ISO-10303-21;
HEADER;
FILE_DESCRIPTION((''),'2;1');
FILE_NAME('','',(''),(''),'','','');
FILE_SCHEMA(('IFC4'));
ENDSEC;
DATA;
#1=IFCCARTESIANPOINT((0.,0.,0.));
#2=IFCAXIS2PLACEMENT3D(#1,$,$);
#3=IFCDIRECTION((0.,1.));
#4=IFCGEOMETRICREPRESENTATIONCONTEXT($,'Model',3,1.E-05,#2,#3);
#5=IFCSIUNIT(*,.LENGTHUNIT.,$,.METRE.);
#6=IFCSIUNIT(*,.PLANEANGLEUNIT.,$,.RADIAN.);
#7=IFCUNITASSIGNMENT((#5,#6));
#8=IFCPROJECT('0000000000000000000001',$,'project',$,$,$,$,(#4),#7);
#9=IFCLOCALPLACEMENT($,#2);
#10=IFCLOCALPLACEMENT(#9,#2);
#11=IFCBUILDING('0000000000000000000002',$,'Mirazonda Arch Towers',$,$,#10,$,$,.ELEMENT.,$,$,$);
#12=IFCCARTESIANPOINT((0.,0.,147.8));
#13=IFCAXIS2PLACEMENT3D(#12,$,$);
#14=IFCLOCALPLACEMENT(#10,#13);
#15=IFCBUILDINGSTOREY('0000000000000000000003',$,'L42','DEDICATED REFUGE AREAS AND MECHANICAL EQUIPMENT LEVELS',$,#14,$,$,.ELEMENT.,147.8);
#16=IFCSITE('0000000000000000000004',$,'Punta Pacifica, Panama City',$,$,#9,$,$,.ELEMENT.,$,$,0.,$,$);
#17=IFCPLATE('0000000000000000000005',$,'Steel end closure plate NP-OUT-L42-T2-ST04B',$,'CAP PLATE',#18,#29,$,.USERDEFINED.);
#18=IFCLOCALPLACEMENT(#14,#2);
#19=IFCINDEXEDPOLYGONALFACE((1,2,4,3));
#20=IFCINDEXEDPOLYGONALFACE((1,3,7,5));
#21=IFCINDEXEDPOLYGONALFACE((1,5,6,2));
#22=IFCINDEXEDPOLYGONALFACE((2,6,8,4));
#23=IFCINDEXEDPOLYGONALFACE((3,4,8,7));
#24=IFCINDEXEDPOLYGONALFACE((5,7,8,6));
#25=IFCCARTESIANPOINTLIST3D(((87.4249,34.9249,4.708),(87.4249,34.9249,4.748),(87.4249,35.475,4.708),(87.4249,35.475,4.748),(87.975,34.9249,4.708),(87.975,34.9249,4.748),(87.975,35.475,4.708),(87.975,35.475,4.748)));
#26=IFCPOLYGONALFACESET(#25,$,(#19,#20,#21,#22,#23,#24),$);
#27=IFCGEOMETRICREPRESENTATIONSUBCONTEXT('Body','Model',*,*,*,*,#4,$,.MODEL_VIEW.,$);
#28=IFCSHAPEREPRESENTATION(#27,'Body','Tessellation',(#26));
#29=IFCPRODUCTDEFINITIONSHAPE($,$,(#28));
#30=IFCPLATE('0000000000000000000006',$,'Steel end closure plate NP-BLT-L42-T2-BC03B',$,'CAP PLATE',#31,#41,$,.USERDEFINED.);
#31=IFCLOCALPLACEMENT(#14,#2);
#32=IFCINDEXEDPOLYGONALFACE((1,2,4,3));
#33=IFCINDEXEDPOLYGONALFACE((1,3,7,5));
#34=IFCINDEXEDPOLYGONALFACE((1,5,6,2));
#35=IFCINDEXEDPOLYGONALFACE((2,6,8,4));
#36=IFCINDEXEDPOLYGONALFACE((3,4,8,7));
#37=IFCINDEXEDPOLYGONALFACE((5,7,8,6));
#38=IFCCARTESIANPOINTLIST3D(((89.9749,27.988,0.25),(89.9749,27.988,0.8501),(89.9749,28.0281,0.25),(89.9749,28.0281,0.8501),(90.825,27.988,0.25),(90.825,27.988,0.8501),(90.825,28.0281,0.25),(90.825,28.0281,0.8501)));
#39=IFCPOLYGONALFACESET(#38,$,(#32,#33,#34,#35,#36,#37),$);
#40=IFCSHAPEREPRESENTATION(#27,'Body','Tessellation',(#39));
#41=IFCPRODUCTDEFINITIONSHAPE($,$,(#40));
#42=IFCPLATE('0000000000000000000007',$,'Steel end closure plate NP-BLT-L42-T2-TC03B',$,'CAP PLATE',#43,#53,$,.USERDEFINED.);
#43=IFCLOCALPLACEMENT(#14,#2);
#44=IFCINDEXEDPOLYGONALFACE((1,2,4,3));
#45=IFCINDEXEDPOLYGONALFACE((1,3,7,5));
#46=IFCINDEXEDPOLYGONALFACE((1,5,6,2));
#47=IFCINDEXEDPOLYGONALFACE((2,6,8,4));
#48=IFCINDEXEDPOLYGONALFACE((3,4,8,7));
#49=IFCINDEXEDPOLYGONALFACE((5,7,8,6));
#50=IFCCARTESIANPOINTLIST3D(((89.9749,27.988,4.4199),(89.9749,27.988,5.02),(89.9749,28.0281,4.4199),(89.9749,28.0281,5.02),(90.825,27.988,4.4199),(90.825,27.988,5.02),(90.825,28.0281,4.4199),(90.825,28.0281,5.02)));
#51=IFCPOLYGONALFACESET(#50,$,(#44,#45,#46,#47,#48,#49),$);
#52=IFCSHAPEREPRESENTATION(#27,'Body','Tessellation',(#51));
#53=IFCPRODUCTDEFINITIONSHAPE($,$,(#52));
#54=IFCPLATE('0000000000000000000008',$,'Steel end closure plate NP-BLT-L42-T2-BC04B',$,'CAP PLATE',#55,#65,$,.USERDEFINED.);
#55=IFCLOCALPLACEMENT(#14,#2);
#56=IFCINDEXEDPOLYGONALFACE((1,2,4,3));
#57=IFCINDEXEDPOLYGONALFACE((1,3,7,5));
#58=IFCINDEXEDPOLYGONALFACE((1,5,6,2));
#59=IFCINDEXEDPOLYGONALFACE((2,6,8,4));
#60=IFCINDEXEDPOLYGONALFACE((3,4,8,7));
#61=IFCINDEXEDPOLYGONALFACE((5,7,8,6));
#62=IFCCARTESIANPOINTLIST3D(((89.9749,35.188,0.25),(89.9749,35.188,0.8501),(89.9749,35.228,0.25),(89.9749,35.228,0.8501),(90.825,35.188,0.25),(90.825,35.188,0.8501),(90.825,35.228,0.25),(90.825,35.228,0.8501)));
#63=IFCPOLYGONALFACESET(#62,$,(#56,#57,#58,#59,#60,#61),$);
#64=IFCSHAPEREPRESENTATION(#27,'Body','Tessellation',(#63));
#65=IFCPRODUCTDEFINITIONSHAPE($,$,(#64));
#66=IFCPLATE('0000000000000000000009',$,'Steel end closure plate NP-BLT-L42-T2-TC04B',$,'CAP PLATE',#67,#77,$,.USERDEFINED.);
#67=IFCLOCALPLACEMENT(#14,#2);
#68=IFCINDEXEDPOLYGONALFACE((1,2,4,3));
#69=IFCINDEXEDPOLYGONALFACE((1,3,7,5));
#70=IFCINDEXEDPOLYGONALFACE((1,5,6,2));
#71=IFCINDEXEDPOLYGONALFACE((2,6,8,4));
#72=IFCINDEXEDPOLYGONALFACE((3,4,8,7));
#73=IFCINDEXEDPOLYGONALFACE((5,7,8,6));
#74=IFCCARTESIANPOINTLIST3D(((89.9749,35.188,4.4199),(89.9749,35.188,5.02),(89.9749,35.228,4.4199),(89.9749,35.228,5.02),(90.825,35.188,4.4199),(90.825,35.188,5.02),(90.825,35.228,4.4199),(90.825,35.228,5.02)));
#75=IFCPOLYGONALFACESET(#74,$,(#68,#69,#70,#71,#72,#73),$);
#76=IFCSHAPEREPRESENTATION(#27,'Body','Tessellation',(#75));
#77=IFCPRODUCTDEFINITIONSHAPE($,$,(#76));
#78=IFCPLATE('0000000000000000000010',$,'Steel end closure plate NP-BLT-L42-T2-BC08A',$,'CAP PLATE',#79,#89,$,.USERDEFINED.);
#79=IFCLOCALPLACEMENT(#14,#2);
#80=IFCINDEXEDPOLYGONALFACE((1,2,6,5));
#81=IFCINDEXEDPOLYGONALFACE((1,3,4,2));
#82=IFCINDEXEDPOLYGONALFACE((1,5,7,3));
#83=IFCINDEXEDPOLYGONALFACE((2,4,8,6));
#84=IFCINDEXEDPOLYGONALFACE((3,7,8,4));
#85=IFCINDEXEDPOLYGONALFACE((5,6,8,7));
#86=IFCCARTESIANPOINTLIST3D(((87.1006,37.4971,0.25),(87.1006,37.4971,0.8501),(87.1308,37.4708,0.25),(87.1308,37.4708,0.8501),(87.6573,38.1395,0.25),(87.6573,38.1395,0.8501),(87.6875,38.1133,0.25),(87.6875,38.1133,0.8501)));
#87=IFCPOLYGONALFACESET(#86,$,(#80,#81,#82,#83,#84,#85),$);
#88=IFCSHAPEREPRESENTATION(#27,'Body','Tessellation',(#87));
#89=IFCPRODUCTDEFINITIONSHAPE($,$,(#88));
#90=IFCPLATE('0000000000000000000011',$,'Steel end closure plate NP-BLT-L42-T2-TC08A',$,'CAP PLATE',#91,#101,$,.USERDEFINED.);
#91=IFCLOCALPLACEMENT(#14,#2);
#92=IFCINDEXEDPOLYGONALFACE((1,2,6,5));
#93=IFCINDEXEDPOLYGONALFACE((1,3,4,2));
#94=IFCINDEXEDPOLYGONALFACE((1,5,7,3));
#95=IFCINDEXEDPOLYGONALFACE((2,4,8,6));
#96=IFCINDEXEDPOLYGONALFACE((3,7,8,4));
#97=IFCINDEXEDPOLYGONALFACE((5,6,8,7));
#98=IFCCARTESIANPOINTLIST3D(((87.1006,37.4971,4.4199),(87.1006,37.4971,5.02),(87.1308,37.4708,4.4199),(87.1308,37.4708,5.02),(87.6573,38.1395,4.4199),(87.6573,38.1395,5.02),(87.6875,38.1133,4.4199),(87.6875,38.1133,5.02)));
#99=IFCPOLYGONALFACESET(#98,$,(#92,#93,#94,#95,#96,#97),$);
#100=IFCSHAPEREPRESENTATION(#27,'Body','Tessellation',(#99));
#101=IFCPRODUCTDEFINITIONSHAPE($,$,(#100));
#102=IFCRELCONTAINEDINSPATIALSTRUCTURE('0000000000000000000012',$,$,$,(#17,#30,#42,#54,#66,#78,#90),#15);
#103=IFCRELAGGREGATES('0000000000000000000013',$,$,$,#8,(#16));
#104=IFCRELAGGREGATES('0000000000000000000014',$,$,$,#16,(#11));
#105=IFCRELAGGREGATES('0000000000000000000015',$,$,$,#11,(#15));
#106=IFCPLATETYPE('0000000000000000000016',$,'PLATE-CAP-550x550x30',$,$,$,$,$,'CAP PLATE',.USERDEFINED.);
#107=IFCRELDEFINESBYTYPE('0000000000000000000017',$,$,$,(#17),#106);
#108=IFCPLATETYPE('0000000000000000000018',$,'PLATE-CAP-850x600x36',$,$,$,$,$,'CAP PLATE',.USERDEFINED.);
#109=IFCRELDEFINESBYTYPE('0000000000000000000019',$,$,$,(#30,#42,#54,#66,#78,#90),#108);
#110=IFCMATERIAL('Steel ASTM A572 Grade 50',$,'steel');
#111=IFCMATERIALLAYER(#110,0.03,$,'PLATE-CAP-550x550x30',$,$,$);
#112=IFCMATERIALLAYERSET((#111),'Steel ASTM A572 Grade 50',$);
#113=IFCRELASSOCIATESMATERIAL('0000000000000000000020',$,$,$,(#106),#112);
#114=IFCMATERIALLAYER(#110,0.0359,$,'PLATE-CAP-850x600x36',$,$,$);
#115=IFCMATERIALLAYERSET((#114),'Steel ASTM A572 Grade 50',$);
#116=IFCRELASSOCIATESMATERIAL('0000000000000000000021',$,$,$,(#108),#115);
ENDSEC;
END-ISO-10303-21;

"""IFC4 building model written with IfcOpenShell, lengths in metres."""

from ifc_helpers import new_model, si_unit, direction, frame, origin, origin_2d, place, context, subcontext, project, spatial, rectangle, extrude, material, layer, layer_set, type_object, element, save


model = new_model("IFC4")

# Units and contexts
model_context = context("Model", 3, precision=1e-05, world=origin(), true_north=direction((0.0, 1.0)))
body_context = subcontext(model_context, "Body", "Model", "MODEL_VIEW")
ifc_project = project(units=[si_unit("LENGTHUNIT", "METRE"), si_unit("PLANEANGLEUNIT", "RADIAN")], contexts=[model_context])

# Site, building, storey
site_placement = place(None, origin())
site = spatial("IfcSite", under=ifc_project, at=site_placement, Name="Punta Pacifica, Panama City", CompositionType="ELEMENT", RefElevation=0.0)
building_placement = place(site_placement, origin())
building = spatial("IfcBuilding", under=site, at=building_placement, Name="Mirazonda Arch Towers", CompositionType="ELEMENT")
storey_placement = place(building_placement, frame((0.0, 0.0, 147.8)))
storey = spatial("IfcBuildingStorey", under=building, at=storey_placement, Name="L42", Description="DEDICATED REFUGE AREAS AND MECHANICAL EQUIPMENT LEVELS", CompositionType="ELEMENT", Elevation=147.8)

# Shared definitions
ifc_material_1 = material(Name="Steel ASTM A572 Grade 50", Category="steel")

# Plates
ifc_layer_1 = layer(ifc_material_1, 0.03, Name="PLATE-CAP-550x550x30")
ifc_layer_set_1 = layer_set([ifc_layer_1], Name="Steel ASTM A572 Grade 50")
plate_type_1 = type_object("IfcPlateType", Name="PLATE-CAP-550x550x30", ElementType="CAP PLATE", PredefinedType="USERDEFINED", material=ifc_layer_set_1)
for number, where, z_axis, x_axis, name in (
    (1, (87.7, 35.2, 4.708), (0.0, 0.0, 1.0), (1.0, 0.0, 0.0), "Steel end closure plate NP-OUT-L42-T2-ST04B"),
):
    element("IfcPlate", number, at=place(storey_placement, frame(where, z_axis=z_axis, x_axis=x_axis)), inside=storey, type_object=plate_type_1, Name=name, ObjectType="CAP PLATE", PredefinedType="USERDEFINED", context=body_context, shape_type="SweptSolid", body=[
        extrude(rectangle(XDim=0.55, YDim=0.55, at=origin_2d()), origin(), (0.0, 0.0, 1.0), 0.04),
    ])
ifc_layer_2 = layer(ifc_material_1, 0.0359, Name="PLATE-CAP-850x600x36")
ifc_layer_set_2 = layer_set([ifc_layer_2], Name="Steel ASTM A572 Grade 50")
plate_type_2 = type_object("IfcPlateType", Name="PLATE-CAP-850x600x36", ElementType="CAP PLATE", PredefinedType="USERDEFINED", material=ifc_layer_set_2)
for number, where, z_axis, x_axis, name in (
    (2, (90.3999, 28.0081, 0.25), (0.0, 0.0, 1.0), (0.0, 1.0, 0.0), "Steel end closure plate NP-BLT-L42-T2-BC03B"),
    (3, (90.3999, 28.0081, 4.4199), (0.0, 0.0, 1.0), (0.0, 1.0, 0.0), "Steel end closure plate NP-BLT-L42-T2-TC03B"),
    (4, (90.3999, 35.208, 0.25), (0.0, 0.0, 1.0), (0.0, 1.0, 0.0), "Steel end closure plate NP-BLT-L42-T2-BC04B"),
    (5, (90.3999, 35.208, 4.4199), (0.0, 0.0, 1.0), (0.0, 1.0, 0.0), "Steel end closure plate NP-BLT-L42-T2-TC04B"),
    (6, (87.394, 37.8052, 0.25), (0.0, 0.0, 1.0), (-0.755739, 0.654873, 0.0), "Steel end closure plate NP-BLT-L42-T2-BC08A"),
    (7, (87.394, 37.8052, 4.4199), (0.0, 0.0, 1.0), (-0.755739, 0.654873, 0.0), "Steel end closure plate NP-BLT-L42-T2-TC08A"),
):
    element("IfcPlate", number, at=place(storey_placement, frame(where, z_axis=z_axis, x_axis=x_axis)), inside=storey, type_object=plate_type_2, Name=name, ObjectType="CAP PLATE", PredefinedType="USERDEFINED", context=body_context, shape_type="SweptSolid", body=[
        extrude(rectangle(XDim=0.04, YDim=0.8501, at=origin_2d()), origin(), (0.0, 0.0, 1.0), 0.6001),
    ])

save(model, "model.ifc")
